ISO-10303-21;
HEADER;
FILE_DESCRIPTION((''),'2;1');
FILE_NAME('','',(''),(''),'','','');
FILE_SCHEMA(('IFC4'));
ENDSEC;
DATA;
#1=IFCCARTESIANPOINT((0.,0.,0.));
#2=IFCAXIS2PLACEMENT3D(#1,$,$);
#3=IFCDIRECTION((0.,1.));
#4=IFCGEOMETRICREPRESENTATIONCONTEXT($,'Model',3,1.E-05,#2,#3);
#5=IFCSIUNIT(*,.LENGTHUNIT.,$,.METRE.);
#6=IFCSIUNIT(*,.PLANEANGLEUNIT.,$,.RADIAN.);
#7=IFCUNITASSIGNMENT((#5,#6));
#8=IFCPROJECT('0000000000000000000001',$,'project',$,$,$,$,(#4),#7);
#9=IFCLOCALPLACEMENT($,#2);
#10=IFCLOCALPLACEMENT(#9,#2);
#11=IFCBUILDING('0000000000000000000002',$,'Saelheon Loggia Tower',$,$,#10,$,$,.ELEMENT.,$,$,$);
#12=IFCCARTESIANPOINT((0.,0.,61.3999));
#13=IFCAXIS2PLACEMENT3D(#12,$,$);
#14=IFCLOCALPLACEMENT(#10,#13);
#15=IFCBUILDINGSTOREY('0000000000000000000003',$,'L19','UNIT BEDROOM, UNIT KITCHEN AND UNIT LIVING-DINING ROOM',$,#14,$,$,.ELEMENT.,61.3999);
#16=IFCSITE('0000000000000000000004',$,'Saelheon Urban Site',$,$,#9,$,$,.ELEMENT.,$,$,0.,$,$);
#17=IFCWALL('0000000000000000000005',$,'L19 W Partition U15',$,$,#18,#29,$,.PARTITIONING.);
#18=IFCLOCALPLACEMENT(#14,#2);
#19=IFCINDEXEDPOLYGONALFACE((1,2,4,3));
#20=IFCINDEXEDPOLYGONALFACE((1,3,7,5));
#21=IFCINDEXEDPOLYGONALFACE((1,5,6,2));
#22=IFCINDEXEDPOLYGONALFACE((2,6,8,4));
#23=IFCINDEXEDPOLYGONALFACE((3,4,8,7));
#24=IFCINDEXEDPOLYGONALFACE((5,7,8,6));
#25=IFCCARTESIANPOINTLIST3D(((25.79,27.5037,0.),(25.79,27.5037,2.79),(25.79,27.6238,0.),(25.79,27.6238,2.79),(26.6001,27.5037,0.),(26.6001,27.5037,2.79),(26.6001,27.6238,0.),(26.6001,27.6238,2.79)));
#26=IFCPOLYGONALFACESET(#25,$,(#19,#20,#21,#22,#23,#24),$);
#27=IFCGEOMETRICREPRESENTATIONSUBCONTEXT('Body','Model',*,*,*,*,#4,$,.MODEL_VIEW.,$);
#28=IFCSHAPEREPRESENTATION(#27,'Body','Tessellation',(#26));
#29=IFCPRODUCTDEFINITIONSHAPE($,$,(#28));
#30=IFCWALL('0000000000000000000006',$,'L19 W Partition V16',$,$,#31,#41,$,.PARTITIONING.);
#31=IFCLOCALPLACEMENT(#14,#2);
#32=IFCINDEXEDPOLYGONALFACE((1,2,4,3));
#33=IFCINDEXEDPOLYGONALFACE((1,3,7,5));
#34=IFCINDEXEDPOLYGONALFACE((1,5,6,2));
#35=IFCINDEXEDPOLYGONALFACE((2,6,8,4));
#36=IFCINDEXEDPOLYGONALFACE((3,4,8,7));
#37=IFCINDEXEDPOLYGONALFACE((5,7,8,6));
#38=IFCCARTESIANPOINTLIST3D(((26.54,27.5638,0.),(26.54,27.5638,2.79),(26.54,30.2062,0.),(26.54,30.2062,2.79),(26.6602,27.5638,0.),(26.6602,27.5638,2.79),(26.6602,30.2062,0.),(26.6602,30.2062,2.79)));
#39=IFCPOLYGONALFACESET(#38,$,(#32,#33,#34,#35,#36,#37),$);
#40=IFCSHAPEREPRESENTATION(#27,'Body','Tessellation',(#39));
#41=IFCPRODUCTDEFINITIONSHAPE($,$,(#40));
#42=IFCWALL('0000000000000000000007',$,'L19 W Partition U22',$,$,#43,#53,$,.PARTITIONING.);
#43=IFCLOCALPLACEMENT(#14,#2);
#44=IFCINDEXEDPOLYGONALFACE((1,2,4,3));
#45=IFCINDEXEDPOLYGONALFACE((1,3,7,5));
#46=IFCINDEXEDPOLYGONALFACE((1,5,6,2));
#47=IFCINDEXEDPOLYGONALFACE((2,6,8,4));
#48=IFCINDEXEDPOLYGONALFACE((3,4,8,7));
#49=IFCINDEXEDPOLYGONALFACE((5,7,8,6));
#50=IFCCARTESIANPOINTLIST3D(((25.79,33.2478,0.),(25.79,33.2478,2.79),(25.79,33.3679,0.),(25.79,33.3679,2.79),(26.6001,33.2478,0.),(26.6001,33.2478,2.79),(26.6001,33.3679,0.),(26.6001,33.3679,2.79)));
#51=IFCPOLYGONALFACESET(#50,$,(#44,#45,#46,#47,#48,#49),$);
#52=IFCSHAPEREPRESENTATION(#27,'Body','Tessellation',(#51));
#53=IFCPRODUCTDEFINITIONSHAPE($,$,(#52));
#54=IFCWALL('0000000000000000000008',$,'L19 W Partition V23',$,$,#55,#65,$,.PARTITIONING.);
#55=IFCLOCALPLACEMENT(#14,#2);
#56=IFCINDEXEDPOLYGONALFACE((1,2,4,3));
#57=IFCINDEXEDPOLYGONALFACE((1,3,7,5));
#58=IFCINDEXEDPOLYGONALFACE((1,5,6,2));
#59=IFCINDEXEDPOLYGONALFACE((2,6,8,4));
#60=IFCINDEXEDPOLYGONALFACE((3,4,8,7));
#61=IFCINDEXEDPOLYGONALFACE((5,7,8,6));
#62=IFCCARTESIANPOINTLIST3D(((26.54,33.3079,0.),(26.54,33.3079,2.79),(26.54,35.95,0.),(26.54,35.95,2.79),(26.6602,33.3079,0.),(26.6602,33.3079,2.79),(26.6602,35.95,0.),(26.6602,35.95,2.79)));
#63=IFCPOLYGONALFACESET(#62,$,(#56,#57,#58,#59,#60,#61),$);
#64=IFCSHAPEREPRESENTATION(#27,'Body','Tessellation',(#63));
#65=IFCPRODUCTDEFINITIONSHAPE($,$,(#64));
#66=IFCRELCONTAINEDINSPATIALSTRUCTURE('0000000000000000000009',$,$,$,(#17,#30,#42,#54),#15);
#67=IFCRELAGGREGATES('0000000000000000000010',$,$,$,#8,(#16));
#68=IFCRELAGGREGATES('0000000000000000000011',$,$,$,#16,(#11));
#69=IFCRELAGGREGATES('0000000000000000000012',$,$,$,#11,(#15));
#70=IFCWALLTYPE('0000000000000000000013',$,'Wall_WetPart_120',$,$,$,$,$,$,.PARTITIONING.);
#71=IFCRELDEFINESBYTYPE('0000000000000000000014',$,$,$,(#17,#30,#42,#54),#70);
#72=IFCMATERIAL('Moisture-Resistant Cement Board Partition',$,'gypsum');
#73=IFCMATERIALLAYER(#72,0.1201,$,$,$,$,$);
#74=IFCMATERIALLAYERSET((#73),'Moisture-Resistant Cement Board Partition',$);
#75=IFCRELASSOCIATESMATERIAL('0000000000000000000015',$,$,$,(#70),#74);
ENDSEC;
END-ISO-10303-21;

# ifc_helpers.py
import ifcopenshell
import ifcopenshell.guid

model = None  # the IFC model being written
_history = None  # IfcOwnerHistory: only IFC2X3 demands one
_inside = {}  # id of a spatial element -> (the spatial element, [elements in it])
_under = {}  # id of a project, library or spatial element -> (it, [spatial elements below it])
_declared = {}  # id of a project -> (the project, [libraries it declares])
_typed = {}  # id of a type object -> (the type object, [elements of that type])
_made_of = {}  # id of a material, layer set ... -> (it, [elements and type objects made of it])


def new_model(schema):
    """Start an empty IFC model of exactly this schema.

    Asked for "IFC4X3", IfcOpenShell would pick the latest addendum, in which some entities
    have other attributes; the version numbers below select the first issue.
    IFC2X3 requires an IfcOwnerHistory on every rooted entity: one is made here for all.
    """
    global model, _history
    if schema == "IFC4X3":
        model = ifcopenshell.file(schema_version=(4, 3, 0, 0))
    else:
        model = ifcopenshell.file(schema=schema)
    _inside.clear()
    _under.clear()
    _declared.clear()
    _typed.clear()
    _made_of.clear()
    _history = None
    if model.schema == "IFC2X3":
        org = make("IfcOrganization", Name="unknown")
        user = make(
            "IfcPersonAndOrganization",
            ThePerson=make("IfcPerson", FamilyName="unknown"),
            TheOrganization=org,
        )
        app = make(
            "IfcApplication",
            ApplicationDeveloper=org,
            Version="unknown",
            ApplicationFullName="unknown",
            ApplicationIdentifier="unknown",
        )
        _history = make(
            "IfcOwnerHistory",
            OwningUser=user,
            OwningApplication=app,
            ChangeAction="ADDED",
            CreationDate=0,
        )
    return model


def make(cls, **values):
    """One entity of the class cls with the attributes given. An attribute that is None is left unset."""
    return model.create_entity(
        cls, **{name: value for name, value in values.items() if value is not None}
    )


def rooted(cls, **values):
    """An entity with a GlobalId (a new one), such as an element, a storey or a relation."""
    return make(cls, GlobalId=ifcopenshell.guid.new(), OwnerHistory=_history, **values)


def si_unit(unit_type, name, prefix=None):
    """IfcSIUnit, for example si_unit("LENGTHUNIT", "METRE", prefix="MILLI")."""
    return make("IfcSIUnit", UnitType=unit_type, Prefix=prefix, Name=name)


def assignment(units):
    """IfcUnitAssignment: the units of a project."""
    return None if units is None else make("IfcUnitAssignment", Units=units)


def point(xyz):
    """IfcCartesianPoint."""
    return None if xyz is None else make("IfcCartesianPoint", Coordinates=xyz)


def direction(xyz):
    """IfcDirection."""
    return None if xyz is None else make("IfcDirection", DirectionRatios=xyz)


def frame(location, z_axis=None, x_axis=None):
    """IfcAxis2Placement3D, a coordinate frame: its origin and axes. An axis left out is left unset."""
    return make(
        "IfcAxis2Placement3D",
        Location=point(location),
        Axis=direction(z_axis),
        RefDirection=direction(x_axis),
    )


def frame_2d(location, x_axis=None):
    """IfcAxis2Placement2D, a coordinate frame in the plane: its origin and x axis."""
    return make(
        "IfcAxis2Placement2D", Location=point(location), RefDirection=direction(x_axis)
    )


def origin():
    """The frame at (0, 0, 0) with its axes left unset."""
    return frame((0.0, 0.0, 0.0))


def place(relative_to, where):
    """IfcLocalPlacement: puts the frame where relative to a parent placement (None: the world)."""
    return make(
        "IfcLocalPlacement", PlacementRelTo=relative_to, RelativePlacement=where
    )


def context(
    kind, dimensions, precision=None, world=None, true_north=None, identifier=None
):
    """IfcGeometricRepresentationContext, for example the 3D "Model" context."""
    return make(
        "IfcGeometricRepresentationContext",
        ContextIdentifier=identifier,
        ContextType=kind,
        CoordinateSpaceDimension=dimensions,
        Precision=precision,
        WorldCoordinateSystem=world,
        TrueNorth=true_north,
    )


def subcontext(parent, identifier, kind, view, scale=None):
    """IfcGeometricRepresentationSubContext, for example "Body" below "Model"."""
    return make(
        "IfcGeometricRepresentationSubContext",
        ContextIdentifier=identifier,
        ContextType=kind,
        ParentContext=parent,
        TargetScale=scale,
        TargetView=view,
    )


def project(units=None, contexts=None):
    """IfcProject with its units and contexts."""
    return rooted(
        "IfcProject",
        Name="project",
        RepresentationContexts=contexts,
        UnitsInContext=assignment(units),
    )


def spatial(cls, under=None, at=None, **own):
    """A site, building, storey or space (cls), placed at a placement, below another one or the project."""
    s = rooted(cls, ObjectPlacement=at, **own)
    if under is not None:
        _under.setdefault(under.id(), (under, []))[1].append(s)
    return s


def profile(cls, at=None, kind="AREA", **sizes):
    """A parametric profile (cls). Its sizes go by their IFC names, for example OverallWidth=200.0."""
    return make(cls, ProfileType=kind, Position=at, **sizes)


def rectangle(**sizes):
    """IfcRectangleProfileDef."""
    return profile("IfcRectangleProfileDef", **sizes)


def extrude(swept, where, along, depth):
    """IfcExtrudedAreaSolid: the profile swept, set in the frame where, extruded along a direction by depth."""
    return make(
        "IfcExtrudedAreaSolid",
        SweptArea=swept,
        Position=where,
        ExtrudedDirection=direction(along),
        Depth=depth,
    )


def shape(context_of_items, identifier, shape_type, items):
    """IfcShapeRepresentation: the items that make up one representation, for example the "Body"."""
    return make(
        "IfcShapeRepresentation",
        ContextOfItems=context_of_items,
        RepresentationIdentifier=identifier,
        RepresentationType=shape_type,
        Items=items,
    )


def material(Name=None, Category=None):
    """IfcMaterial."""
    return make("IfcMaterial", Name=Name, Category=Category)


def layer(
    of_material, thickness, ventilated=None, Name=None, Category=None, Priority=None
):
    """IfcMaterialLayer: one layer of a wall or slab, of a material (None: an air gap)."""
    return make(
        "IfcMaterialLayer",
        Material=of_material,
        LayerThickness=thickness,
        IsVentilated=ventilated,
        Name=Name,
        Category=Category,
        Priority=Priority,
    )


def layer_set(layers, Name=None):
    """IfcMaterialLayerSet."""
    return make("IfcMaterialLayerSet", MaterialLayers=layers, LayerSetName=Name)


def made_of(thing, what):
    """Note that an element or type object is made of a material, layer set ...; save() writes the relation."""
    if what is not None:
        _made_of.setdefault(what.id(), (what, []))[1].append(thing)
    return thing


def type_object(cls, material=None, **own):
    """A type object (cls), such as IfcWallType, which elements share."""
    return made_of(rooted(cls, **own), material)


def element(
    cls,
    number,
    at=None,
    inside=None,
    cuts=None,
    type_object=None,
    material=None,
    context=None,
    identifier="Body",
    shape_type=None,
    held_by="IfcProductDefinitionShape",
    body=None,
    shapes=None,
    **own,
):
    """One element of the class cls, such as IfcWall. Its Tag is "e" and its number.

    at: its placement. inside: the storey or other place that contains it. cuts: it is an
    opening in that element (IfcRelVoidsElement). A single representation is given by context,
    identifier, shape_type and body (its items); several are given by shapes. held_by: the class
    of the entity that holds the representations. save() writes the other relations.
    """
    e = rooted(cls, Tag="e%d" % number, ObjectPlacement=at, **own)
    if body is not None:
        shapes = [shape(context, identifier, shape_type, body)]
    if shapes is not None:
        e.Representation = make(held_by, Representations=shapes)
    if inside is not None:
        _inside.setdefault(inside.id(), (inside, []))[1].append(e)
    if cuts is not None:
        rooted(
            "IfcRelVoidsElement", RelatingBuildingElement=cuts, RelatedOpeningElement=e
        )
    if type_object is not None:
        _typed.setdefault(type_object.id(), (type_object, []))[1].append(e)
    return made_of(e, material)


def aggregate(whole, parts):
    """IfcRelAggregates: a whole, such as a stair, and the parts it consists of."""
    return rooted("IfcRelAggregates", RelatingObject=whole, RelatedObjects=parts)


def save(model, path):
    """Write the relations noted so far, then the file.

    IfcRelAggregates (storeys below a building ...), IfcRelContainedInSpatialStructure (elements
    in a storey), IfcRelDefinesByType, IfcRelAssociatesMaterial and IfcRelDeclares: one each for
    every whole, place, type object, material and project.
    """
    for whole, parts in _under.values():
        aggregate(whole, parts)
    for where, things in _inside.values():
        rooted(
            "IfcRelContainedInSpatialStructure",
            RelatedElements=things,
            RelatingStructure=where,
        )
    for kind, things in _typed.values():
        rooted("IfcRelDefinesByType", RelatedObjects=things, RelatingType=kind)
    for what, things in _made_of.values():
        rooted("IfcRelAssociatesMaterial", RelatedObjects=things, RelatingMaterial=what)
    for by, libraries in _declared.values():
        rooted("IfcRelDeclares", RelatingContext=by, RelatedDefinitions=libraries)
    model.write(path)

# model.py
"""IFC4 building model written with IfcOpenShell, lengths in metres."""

from ifc_helpers import new_model, si_unit, direction, frame, frame_2d, origin, place, context, subcontext, project, spatial, rectangle, extrude, material, layer, layer_set, type_object, element, save


model = new_model("IFC4")

# Units and contexts
model_context = context("Model", 3, precision=1e-05, world=origin(), true_north=direction((0.0, 1.0)))
body_context = subcontext(model_context, "Body", "Model", "MODEL_VIEW")
ifc_project = project(units=[si_unit("LENGTHUNIT", "METRE"), si_unit("PLANEANGLEUNIT", "RADIAN")], contexts=[model_context])

# Site, building, storey
site_placement = place(None, origin())
site = spatial("IfcSite", under=ifc_project, at=site_placement, Name="Saelheon Urban Site", CompositionType="ELEMENT", RefElevation=0.0)
building_placement = place(site_placement, origin())
building = spatial("IfcBuilding", under=site, at=building_placement, Name="Saelheon Loggia Tower", CompositionType="ELEMENT")
storey_placement = place(building_placement, frame((0.0, 0.0, 61.3999)))
storey = spatial("IfcBuildingStorey", under=building, at=storey_placement, Name="L19", Description="UNIT BEDROOM, UNIT KITCHEN AND UNIT LIVING-DINING ROOM", CompositionType="ELEMENT", Elevation=61.3999)

# Shared definitions
ifc_material_1 = material(Name="Moisture-Resistant Cement Board Partition", Category="gypsum")
ifc_layer_1 = layer(ifc_material_1, 0.1201)
ifc_layer_set_1 = layer_set([ifc_layer_1], Name="Moisture-Resistant Cement Board Partition")
wall_type_1 = type_object("IfcWallType", Name="Wall_WetPart_120", PredefinedType="PARTITIONING", material=ifc_layer_set_1)

# Walls
for number, where, z_axis, x_axis, name in (
    (1, (26.6001, 27.5637, 0.0), (0.0, 0.0, 1.0), (-1.0, 0.0, 0.0), "L19 W Partition U15"),
):
    element("IfcWall", number, at=place(storey_placement, frame(where, z_axis=z_axis, x_axis=x_axis)), inside=storey, type_object=wall_type_1, Name=name, PredefinedType="PARTITIONING", context=body_context, shape_type="SweptSolid", body=[
        extrude(rectangle(XDim=0.8101, YDim=0.1201, at=frame_2d((0.405, 0.0))), origin(), (0.0, 0.0, 1.0), 2.79),
    ])
wall_1_placement = place(storey_placement, frame((26.6001, 27.5637, 0.0), z_axis=(0.0, 0.0, 1.0), x_axis=(0.0, 1.0, 0.0)))
element("IfcWall", 2, at=wall_1_placement, inside=storey, type_object=wall_type_1, Name="L19 W Partition V16", PredefinedType="PARTITIONING", context=body_context, shape_type="SweptSolid", body=[
    extrude(rectangle(XDim=2.6423, YDim=0.1201, at=frame_2d((1.3213, 0.0))), origin(), (0.0, 0.0, 1.0), 2.79),
])
wall_2_placement = place(storey_placement, frame((26.6001, 33.3079, 0.0), z_axis=(0.0, 0.0, 1.0), x_axis=(-1.0, 0.0, 0.0)))
element("IfcWall", 3, at=wall_2_placement, inside=storey, type_object=wall_type_1, Name="L19 W Partition U22", PredefinedType="PARTITIONING", context=body_context, shape_type="SweptSolid", body=[
    extrude(rectangle(XDim=0.8101, YDim=0.1201, at=frame_2d((0.405, 0.0))), origin(), (0.0, 0.0, 1.0), 2.79),
])
wall_3_placement = place(storey_placement, frame((26.6001, 33.3079, 0.0), z_axis=(0.0, 0.0, 1.0), x_axis=(0.0, 1.0, 0.0)))
element("IfcWall", 4, at=wall_3_placement, inside=storey, type_object=wall_type_1, Name="L19 W Partition V23", PredefinedType="PARTITIONING", context=body_context, shape_type="SweptSolid", body=[
    extrude(rectangle(XDim=2.6421, YDim=0.1201, at=frame_2d((1.321, 0.0))), origin(), (0.0, 0.0, 1.0), 2.79),
])

save(model, "model.ifc")
